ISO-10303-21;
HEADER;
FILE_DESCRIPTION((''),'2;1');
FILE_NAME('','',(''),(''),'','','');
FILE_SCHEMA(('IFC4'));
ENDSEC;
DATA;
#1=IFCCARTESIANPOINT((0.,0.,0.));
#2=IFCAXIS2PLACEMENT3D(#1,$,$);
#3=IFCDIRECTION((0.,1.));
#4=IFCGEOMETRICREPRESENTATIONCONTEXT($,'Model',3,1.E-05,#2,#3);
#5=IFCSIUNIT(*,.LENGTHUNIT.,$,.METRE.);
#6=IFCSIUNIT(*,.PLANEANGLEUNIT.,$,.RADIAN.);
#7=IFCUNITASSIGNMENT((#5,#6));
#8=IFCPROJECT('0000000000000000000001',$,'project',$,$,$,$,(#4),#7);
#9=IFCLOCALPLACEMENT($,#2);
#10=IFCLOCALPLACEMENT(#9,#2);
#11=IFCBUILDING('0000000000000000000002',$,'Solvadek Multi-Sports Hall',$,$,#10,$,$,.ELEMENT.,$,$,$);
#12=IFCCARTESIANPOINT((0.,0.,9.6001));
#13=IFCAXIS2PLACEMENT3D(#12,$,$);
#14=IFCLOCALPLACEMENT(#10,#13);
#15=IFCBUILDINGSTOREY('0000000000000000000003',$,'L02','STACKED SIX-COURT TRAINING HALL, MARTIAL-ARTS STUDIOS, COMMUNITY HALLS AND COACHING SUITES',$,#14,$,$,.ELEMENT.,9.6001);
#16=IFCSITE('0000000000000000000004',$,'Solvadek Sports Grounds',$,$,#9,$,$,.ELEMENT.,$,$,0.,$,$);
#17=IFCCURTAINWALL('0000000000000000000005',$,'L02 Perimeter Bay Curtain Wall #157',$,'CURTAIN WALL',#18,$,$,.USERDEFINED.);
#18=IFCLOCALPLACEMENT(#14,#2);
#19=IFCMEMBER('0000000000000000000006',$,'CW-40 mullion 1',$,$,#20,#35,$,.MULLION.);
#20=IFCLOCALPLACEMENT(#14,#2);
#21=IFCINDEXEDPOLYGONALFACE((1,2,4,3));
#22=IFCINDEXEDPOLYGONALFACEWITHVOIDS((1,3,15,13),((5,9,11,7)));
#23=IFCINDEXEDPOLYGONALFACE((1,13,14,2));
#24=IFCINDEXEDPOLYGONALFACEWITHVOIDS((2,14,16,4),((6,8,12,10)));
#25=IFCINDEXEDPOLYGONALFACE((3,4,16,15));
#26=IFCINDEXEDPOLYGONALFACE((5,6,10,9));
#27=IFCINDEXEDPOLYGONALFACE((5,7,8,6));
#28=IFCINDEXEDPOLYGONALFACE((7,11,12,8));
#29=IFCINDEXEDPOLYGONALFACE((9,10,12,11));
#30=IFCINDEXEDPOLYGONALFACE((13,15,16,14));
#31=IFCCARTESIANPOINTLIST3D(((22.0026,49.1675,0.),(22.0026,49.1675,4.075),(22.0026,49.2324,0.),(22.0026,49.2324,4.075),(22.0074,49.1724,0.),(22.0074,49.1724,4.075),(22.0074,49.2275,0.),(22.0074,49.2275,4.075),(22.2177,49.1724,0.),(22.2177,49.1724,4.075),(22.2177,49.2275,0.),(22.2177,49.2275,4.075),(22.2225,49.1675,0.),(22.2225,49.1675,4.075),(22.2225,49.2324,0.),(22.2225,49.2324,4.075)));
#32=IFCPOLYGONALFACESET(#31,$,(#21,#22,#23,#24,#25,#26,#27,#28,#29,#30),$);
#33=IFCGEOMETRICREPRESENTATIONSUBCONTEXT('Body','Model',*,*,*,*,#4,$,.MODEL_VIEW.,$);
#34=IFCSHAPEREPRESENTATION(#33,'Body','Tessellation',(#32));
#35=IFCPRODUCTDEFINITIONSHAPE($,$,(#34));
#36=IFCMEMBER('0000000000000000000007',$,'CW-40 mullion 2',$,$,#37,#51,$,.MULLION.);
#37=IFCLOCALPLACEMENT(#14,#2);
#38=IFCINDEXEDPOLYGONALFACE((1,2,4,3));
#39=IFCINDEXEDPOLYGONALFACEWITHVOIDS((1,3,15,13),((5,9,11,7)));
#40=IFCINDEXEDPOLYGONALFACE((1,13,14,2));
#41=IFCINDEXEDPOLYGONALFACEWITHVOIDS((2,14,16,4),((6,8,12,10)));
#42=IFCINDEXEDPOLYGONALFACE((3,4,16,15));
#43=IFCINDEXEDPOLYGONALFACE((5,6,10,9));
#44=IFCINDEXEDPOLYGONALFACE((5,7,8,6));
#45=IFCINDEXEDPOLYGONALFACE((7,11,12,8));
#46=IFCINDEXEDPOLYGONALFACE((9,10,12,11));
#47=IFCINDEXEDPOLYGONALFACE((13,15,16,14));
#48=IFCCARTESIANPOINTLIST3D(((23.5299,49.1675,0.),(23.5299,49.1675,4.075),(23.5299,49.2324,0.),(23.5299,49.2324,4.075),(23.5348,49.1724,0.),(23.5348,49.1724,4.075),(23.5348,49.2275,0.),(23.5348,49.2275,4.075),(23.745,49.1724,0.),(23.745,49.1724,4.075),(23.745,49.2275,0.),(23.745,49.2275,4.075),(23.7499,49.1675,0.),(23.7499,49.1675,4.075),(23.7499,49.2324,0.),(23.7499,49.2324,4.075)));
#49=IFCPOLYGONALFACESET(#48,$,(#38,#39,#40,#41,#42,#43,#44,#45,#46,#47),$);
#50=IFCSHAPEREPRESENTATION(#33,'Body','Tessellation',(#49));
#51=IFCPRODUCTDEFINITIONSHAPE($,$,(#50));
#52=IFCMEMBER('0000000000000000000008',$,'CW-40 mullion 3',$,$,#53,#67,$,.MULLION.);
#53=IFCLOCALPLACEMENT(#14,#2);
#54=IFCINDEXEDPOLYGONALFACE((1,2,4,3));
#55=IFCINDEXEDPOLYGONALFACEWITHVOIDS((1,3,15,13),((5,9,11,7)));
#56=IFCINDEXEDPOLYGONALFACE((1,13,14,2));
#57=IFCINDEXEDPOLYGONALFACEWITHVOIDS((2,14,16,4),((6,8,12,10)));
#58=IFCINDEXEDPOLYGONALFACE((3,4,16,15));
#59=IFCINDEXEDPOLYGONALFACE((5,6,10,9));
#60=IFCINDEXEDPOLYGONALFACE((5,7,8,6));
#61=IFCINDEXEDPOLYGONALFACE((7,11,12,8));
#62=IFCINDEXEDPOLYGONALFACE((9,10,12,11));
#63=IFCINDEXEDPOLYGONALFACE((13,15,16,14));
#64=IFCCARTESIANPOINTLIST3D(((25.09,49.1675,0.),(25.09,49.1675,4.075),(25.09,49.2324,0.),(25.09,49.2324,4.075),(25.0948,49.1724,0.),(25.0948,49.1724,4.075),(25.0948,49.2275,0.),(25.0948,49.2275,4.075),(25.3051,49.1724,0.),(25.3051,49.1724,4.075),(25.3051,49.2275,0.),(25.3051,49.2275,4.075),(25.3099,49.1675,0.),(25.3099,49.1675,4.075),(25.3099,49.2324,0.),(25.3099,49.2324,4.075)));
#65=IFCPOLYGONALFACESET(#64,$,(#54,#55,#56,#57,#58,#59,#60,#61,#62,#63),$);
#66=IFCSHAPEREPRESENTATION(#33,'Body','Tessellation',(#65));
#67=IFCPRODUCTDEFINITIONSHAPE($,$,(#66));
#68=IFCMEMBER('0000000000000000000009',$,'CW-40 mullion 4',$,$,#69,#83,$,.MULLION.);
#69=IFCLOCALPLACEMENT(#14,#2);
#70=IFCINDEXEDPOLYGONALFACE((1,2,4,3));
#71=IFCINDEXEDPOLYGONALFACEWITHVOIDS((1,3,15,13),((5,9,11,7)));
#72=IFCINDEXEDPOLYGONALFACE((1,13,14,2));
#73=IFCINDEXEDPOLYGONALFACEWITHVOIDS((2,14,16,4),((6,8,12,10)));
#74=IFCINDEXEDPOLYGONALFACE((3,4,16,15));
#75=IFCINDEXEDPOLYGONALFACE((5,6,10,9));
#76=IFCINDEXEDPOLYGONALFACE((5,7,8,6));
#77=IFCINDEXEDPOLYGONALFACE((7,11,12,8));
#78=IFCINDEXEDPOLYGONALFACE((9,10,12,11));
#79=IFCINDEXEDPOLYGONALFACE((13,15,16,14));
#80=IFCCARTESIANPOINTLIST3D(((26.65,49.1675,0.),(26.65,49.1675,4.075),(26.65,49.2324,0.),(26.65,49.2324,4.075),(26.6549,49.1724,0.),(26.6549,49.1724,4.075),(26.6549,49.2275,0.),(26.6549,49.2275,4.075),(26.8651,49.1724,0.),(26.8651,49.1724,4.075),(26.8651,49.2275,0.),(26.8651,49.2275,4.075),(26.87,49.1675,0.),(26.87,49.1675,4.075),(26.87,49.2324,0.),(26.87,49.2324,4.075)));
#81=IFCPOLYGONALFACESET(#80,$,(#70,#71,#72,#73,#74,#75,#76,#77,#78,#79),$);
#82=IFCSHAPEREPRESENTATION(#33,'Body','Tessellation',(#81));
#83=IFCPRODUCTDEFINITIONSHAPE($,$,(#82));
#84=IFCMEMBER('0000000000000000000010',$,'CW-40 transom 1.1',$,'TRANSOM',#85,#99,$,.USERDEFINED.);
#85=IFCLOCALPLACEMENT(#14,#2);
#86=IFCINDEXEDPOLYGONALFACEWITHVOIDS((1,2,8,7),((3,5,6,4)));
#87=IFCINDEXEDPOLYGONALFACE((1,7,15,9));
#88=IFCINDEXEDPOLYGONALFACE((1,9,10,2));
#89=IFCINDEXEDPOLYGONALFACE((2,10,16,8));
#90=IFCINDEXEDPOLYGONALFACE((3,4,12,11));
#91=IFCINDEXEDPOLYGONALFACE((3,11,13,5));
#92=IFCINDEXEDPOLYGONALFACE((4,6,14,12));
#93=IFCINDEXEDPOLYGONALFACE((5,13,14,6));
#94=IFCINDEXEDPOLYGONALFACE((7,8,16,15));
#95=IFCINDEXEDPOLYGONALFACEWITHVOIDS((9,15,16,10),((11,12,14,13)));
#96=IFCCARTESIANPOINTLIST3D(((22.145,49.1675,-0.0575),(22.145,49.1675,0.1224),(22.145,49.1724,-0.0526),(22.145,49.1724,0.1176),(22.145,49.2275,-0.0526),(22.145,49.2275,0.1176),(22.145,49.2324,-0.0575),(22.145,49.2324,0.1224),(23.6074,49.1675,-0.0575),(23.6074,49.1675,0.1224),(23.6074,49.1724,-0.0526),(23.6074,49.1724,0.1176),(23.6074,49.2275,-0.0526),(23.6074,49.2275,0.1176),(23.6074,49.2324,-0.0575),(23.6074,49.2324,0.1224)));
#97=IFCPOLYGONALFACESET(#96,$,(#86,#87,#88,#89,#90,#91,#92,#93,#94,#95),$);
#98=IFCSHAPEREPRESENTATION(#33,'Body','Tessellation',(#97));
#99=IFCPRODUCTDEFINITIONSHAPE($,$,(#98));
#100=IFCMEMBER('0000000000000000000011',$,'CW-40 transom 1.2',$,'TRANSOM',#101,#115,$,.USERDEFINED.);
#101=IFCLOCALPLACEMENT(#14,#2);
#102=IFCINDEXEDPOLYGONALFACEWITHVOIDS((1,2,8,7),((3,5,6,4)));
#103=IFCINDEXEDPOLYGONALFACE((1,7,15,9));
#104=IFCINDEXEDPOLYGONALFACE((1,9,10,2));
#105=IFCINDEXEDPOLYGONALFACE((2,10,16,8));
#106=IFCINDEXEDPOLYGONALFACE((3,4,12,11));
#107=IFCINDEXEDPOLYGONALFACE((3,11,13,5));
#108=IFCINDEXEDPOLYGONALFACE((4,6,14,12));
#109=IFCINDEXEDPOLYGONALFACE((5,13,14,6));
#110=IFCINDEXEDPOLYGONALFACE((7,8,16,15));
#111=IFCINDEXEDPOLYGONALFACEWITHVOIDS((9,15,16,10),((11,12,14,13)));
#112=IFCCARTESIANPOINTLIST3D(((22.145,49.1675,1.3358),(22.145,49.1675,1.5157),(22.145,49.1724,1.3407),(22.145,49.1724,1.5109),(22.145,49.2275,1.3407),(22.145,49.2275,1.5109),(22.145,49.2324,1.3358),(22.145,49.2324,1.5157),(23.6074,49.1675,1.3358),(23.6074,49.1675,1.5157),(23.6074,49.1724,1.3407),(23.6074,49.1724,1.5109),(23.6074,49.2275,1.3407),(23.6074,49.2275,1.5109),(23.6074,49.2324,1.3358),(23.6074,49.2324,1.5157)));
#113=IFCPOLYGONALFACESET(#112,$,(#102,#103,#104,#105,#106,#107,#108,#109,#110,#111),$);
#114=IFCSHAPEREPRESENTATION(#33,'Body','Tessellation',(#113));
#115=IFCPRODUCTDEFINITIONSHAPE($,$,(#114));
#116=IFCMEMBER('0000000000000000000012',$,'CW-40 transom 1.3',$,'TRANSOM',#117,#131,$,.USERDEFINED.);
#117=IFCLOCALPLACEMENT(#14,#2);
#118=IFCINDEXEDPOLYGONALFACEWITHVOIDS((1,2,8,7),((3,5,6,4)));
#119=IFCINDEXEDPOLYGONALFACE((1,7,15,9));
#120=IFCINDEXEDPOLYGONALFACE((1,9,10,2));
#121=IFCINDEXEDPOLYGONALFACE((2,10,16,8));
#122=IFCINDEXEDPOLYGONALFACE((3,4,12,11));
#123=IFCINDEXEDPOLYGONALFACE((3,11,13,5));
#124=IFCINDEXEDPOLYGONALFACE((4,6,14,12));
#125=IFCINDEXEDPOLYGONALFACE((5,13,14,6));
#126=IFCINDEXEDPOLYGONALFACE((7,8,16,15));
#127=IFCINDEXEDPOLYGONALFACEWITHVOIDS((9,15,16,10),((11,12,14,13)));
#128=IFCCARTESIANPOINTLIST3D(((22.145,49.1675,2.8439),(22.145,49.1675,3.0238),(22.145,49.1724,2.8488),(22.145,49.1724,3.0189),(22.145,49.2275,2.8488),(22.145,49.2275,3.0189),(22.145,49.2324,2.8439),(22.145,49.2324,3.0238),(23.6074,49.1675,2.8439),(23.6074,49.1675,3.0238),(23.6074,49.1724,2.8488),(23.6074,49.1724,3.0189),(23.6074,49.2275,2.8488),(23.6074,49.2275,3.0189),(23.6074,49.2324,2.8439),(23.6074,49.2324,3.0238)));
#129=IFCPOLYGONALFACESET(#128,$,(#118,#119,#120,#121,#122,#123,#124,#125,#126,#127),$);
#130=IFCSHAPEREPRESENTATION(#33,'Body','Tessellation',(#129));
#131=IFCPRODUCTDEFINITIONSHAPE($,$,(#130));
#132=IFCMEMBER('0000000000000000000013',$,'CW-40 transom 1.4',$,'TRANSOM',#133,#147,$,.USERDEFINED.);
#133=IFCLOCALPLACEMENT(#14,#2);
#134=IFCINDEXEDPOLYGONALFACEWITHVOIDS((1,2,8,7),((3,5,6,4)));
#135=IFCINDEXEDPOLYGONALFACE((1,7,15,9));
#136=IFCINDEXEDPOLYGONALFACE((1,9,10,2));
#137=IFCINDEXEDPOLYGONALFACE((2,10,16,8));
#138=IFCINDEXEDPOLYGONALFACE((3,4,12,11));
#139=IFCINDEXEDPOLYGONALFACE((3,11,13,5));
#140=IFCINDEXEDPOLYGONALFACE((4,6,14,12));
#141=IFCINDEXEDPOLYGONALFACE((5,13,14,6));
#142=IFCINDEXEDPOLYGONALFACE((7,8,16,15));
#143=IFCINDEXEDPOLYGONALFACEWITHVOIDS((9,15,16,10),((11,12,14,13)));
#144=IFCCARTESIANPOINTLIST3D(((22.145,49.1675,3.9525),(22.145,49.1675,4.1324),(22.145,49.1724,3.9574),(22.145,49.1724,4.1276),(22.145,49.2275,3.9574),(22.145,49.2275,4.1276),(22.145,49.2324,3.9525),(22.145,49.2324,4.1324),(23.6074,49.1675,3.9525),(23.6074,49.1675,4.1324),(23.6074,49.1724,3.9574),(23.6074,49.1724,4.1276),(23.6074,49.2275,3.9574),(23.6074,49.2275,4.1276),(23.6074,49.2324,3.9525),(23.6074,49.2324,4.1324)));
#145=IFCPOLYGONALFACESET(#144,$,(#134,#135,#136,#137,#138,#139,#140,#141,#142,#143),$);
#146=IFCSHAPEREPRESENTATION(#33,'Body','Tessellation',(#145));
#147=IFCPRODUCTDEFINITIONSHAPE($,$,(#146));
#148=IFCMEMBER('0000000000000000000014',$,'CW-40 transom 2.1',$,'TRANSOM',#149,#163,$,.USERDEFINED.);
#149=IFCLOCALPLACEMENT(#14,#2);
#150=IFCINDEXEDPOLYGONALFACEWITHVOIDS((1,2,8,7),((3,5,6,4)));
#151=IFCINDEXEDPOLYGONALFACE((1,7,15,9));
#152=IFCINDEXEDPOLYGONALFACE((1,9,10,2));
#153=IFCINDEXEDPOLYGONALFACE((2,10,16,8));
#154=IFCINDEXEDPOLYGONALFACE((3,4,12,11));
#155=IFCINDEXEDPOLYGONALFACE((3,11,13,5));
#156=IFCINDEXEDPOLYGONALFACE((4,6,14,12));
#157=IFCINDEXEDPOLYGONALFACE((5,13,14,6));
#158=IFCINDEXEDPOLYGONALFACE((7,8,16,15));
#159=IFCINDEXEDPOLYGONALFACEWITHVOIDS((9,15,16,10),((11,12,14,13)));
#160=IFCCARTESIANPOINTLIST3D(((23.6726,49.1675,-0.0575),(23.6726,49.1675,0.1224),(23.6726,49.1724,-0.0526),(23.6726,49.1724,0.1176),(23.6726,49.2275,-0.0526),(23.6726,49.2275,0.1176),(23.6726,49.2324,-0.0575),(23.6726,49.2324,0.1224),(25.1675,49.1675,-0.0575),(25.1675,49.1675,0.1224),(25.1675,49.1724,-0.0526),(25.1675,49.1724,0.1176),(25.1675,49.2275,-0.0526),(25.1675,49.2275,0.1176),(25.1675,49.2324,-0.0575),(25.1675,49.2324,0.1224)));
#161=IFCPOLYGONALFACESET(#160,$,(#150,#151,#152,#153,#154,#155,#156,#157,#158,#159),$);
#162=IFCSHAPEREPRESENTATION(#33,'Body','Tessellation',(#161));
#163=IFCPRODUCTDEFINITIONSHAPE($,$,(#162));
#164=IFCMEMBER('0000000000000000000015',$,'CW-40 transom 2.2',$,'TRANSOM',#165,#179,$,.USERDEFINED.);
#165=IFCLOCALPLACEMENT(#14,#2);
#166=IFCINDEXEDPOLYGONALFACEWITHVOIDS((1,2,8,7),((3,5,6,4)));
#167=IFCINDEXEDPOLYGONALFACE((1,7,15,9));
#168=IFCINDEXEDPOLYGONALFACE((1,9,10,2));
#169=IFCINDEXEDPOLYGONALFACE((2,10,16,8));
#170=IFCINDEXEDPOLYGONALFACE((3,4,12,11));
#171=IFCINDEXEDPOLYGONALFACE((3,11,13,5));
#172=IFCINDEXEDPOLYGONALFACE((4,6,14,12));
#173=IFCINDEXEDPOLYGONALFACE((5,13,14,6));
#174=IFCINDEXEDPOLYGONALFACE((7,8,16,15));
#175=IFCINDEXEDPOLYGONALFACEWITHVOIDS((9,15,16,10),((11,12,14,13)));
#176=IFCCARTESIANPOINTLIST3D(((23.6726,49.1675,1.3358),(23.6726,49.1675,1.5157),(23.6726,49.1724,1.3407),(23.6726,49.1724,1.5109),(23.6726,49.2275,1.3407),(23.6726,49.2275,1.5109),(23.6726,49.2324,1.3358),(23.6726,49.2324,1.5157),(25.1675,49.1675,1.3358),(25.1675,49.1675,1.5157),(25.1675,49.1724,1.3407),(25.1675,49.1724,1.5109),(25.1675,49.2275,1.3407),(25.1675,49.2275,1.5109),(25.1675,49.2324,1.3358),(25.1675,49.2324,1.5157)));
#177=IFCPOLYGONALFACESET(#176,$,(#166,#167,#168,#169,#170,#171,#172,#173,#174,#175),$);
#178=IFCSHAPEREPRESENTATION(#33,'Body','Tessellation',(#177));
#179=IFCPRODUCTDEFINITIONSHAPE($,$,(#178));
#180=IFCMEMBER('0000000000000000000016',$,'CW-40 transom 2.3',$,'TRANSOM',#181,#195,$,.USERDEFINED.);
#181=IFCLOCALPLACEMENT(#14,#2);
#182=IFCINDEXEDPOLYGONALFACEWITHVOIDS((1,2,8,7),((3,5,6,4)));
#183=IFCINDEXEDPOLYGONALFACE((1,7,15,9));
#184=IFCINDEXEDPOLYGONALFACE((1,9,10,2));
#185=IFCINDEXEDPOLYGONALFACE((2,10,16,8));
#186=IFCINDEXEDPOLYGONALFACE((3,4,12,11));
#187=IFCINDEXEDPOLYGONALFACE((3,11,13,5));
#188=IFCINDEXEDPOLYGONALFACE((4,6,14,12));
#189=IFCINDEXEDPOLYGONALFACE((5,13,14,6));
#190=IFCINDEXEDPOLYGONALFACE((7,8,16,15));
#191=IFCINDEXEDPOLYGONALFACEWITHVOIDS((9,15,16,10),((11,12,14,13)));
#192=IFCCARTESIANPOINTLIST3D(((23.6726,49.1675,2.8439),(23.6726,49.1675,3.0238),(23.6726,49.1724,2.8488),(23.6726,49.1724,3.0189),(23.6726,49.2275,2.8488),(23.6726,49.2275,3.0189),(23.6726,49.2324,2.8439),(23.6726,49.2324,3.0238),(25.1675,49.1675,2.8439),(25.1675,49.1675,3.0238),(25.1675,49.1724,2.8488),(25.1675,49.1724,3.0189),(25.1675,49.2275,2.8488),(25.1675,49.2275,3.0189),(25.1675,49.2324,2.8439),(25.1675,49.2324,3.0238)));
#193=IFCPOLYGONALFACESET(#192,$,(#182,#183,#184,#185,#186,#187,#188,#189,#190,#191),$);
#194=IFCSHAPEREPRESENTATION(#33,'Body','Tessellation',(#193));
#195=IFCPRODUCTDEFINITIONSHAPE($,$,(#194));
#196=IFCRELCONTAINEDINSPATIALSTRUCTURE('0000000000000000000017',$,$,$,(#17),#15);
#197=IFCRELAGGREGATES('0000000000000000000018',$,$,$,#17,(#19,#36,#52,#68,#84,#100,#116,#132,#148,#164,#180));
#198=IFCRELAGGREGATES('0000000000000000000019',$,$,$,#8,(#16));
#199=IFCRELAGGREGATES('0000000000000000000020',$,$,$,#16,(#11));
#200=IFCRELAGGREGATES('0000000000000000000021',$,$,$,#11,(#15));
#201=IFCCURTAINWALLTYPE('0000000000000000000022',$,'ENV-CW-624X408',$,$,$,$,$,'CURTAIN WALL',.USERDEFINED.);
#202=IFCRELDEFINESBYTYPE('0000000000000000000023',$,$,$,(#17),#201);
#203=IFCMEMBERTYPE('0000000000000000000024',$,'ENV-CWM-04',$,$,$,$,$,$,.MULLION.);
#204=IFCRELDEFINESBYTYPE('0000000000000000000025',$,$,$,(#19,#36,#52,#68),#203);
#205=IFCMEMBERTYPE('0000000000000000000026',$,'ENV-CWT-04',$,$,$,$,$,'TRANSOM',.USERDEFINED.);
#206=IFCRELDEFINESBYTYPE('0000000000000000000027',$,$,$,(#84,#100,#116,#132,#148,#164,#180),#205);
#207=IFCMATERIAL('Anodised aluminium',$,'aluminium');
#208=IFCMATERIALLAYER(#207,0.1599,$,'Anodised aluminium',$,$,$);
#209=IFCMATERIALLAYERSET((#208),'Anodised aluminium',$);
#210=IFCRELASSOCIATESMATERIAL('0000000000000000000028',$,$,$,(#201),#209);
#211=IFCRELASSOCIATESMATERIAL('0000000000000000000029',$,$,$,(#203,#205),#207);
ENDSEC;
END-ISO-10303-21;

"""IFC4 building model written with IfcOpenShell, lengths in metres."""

from ifc_helpers import new_model, si_unit, direction, frame, origin, origin_2d, place, context, subcontext, project, spatial, hollow_rectangle, extrude, material, layer, layer_set, material_profile, profile_set, type_object, element, aggregate, save


model = new_model("IFC4")

# Units and contexts
model_context = context("Model", 3, precision=1e-05, world=origin(), true_north=direction((0.0, 1.0)))
body_context = subcontext(model_context, "Body", "Model", "MODEL_VIEW")
ifc_project = project(units=[si_unit("LENGTHUNIT", "METRE"), si_unit("PLANEANGLEUNIT", "RADIAN")], contexts=[model_context])

# Site, building, storey
site_placement = place(None, origin())
site = spatial("IfcSite", under=ifc_project, at=site_placement, Name="Solvadek Sports Grounds", CompositionType="ELEMENT", RefElevation=0.0)
building_placement = place(site_placement, origin())
building = spatial("IfcBuilding", under=site, at=building_placement, Name="Solvadek Multi-Sports Hall", CompositionType="ELEMENT")
storey_placement = place(building_placement, frame((0.0, 0.0, 9.6001)))
storey = spatial("IfcBuildingStorey", under=building, at=storey_placement, Name="L02", Description="STACKED SIX-COURT TRAINING HALL, MARTIAL-ARTS STUDIOS, COMMUNITY HALLS AND COACHING SUITES", CompositionType="ELEMENT", Elevation=9.6001)

# Curtain wall, members
ifc_material_1 = material(Name="Anodised aluminium", Category="aluminium")
ifc_layer_1 = layer(ifc_material_1, 0.1599, Name="Anodised aluminium")
ifc_layer_set_1 = layer_set([ifc_layer_1], Name="Anodised aluminium")
curtain_wall_type = type_object("IfcCurtainWallType", Name="ENV-CW-624X408", ElementType="CURTAIN WALL", PredefinedType="USERDEFINED", material=ifc_layer_set_1)
curtain_wall_placement = place(storey_placement, origin())
curtain_wall = element("IfcCurtainWall", 1, at=curtain_wall_placement, inside=storey, type_object=curtain_wall_type, Name="L02 Perimeter Bay Curtain Wall #157", ObjectType="CURTAIN WALL", PredefinedType="USERDEFINED")
ifc_material_profile_1 = material_profile(ifc_material_1, hollow_rectangle(XDim=0.0649, YDim=0.22, WallThickness=0.0049, at=origin_2d()), Name="ALU-M 220x65x5")
ifc_profile_set_1 = profile_set([ifc_material_profile_1], Name="Anodised aluminium")
member_type_1 = type_object("IfcMemberType", Name="ENV-CWM-04", PredefinedType="MULLION", material=ifc_profile_set_1)
member_1_placement = place(storey_placement, frame((22.1125, 49.2, 0.0), z_axis=(0.0, 0.0, 1.0), x_axis=(0.0, 1.0, 0.0)))
member_1 = element("IfcMember", 2, at=member_1_placement, type_object=member_type_1, Name="CW-40 mullion 1", PredefinedType="MULLION", context=body_context, shape_type="SweptSolid", body=[
    extrude(hollow_rectangle(XDim=0.0649, YDim=0.22, WallThickness=0.0049, at=origin_2d()), origin(), (0.0, 0.0, 1.0), 4.075),
])
member_2_placement = place(storey_placement, frame((23.6399, 49.2, 0.0), z_axis=(0.0, 0.0, 1.0), x_axis=(0.0, 1.0, 0.0)))
member_2 = element("IfcMember", 3, at=member_2_placement, type_object=member_type_1, Name="CW-40 mullion 2", PredefinedType="MULLION", context=body_context, shape_type="SweptSolid", body=[
    extrude(hollow_rectangle(XDim=0.0649, YDim=0.22, WallThickness=0.0049, at=origin_2d()), origin(), (0.0, 0.0, 1.0), 4.075),
])
member_3_placement = place(storey_placement, frame((25.2, 49.2, 0.0), z_axis=(0.0, 0.0, 1.0), x_axis=(0.0, 1.0, 0.0)))
member_3 = element("IfcMember", 4, at=member_3_placement, type_object=member_type_1, Name="CW-40 mullion 3", PredefinedType="MULLION", context=body_context, shape_type="SweptSolid", body=[
    extrude(hollow_rectangle(XDim=0.0649, YDim=0.22, WallThickness=0.0049, at=origin_2d()), origin(), (0.0, 0.0, 1.0), 4.075),
])
member_4_placement = place(storey_placement, frame((26.76, 49.2, 0.0), z_axis=(0.0, 0.0, 1.0), x_axis=(0.0, 1.0, 0.0)))
member_4 = element("IfcMember", 5, at=member_4_placement, type_object=member_type_1, Name="CW-40 mullion 4", PredefinedType="MULLION", context=body_context, shape_type="SweptSolid", body=[
    extrude(hollow_rectangle(XDim=0.0649, YDim=0.22, WallThickness=0.0049, at=origin_2d()), origin(), (0.0, 0.0, 1.0), 4.075),
])
ifc_material_profile_2 = material_profile(ifc_material_1, hollow_rectangle(XDim=0.0649, YDim=0.1799, WallThickness=0.0049, at=origin_2d()), Name="ALU-T 180x65x5")
ifc_profile_set_2 = profile_set([ifc_material_profile_2], Name="Anodised aluminium")
member_type_2 = type_object("IfcMemberType", Name="ENV-CWT-04", ElementType="TRANSOM", PredefinedType="USERDEFINED", material=ifc_profile_set_2)
member_5_placement = place(storey_placement, frame((22.145, 49.2, 0.0325), z_axis=(1.0, 0.0, 0.0), x_axis=(0.0, 1.0, 0.0)))
member_5 = element("IfcMember", 6, at=member_5_placement, type_object=member_type_2, Name="CW-40 transom 1.1", ObjectType="TRANSOM", PredefinedType="USERDEFINED", context=body_context, shape_type="SweptSolid", body=[
    extrude(hollow_rectangle(XDim=0.0649, YDim=0.1799, WallThickness=0.0049, at=origin_2d()), origin(), (0.0, 0.0, 1.0), 1.4624),
])
member_6_placement = place(storey_placement, frame((22.145, 49.2, 1.4258), z_axis=(1.0, 0.0, 0.0), x_axis=(0.0, 1.0, 0.0)))
member_6 = element("IfcMember", 7, at=member_6_placement, type_object=member_type_2, Name="CW-40 transom 1.2", ObjectType="TRANSOM", PredefinedType="USERDEFINED", context=body_context, shape_type="SweptSolid", body=[
    extrude(hollow_rectangle(XDim=0.0649, YDim=0.1799, WallThickness=0.0049, at=origin_2d()), origin(), (0.0, 0.0, 1.0), 1.4624),
])
member_7_placement = place(storey_placement, frame((22.145, 49.2, 2.9338), z_axis=(1.0, 0.0, 0.0), x_axis=(0.0, 1.0, 0.0)))
member_7 = element("IfcMember", 8, at=member_7_placement, type_object=member_type_2, Name="CW-40 transom 1.3", ObjectType="TRANSOM", PredefinedType="USERDEFINED", context=body_context, shape_type="SweptSolid", body=[
    extrude(hollow_rectangle(XDim=0.0649, YDim=0.1799, WallThickness=0.0049, at=origin_2d()), origin(), (0.0, 0.0, 1.0), 1.4624),
])
member_8_placement = place(storey_placement, frame((22.145, 49.2, 4.0425), z_axis=(1.0, 0.0, 0.0), x_axis=(0.0, 1.0, 0.0)))
member_8 = element("IfcMember", 9, at=member_8_placement, type_object=member_type_2, Name="CW-40 transom 1.4", ObjectType="TRANSOM", PredefinedType="USERDEFINED", context=body_context, shape_type="SweptSolid", body=[
    extrude(hollow_rectangle(XDim=0.0649, YDim=0.1799, WallThickness=0.0049, at=origin_2d()), origin(), (0.0, 0.0, 1.0), 1.4624),
])
member_9_placement = place(storey_placement, frame((23.6726, 49.2, 0.0325), z_axis=(1.0, 0.0, 0.0), x_axis=(0.0, 1.0, 0.0)))
member_9 = element("IfcMember", 10, at=member_9_placement, type_object=member_type_2, Name="CW-40 transom 2.1", ObjectType="TRANSOM", PredefinedType="USERDEFINED", context=body_context, shape_type="SweptSolid", body=[
    extrude(hollow_rectangle(XDim=0.0649, YDim=0.1799, WallThickness=0.0049, at=origin_2d()), origin(), (0.0, 0.0, 1.0), 1.4949),
])
member_10_placement = place(storey_placement, frame((23.6726, 49.2, 1.4258), z_axis=(1.0, 0.0, 0.0), x_axis=(0.0, 1.0, 0.0)))
member_10 = element("IfcMember", 11, at=member_10_placement, type_object=member_type_2, Name="CW-40 transom 2.2", ObjectType="TRANSOM", PredefinedType="USERDEFINED", context=body_context, shape_type="SweptSolid", body=[
    extrude(hollow_rectangle(XDim=0.0649, YDim=0.1799, WallThickness=0.0049, at=origin_2d()), origin(), (0.0, 0.0, 1.0), 1.4949),
])
member_11_placement = place(storey_placement, frame((23.6726, 49.2, 2.9338), z_axis=(1.0, 0.0, 0.0), x_axis=(0.0, 1.0, 0.0)))
member_11 = element("IfcMember", 12, at=member_11_placement, type_object=member_type_2, Name="CW-40 transom 2.3", ObjectType="TRANSOM", PredefinedType="USERDEFINED", context=body_context, shape_type="SweptSolid", body=[
    extrude(hollow_rectangle(XDim=0.0649, YDim=0.1799, WallThickness=0.0049, at=origin_2d()), origin(), (0.0, 0.0, 1.0), 1.4949),
])

aggregate(curtain_wall, [member_1, member_2, member_3, member_4, member_5, member_6, member_7, member_8, member_9, member_10, member_11])

save(model, "model.ifc")
